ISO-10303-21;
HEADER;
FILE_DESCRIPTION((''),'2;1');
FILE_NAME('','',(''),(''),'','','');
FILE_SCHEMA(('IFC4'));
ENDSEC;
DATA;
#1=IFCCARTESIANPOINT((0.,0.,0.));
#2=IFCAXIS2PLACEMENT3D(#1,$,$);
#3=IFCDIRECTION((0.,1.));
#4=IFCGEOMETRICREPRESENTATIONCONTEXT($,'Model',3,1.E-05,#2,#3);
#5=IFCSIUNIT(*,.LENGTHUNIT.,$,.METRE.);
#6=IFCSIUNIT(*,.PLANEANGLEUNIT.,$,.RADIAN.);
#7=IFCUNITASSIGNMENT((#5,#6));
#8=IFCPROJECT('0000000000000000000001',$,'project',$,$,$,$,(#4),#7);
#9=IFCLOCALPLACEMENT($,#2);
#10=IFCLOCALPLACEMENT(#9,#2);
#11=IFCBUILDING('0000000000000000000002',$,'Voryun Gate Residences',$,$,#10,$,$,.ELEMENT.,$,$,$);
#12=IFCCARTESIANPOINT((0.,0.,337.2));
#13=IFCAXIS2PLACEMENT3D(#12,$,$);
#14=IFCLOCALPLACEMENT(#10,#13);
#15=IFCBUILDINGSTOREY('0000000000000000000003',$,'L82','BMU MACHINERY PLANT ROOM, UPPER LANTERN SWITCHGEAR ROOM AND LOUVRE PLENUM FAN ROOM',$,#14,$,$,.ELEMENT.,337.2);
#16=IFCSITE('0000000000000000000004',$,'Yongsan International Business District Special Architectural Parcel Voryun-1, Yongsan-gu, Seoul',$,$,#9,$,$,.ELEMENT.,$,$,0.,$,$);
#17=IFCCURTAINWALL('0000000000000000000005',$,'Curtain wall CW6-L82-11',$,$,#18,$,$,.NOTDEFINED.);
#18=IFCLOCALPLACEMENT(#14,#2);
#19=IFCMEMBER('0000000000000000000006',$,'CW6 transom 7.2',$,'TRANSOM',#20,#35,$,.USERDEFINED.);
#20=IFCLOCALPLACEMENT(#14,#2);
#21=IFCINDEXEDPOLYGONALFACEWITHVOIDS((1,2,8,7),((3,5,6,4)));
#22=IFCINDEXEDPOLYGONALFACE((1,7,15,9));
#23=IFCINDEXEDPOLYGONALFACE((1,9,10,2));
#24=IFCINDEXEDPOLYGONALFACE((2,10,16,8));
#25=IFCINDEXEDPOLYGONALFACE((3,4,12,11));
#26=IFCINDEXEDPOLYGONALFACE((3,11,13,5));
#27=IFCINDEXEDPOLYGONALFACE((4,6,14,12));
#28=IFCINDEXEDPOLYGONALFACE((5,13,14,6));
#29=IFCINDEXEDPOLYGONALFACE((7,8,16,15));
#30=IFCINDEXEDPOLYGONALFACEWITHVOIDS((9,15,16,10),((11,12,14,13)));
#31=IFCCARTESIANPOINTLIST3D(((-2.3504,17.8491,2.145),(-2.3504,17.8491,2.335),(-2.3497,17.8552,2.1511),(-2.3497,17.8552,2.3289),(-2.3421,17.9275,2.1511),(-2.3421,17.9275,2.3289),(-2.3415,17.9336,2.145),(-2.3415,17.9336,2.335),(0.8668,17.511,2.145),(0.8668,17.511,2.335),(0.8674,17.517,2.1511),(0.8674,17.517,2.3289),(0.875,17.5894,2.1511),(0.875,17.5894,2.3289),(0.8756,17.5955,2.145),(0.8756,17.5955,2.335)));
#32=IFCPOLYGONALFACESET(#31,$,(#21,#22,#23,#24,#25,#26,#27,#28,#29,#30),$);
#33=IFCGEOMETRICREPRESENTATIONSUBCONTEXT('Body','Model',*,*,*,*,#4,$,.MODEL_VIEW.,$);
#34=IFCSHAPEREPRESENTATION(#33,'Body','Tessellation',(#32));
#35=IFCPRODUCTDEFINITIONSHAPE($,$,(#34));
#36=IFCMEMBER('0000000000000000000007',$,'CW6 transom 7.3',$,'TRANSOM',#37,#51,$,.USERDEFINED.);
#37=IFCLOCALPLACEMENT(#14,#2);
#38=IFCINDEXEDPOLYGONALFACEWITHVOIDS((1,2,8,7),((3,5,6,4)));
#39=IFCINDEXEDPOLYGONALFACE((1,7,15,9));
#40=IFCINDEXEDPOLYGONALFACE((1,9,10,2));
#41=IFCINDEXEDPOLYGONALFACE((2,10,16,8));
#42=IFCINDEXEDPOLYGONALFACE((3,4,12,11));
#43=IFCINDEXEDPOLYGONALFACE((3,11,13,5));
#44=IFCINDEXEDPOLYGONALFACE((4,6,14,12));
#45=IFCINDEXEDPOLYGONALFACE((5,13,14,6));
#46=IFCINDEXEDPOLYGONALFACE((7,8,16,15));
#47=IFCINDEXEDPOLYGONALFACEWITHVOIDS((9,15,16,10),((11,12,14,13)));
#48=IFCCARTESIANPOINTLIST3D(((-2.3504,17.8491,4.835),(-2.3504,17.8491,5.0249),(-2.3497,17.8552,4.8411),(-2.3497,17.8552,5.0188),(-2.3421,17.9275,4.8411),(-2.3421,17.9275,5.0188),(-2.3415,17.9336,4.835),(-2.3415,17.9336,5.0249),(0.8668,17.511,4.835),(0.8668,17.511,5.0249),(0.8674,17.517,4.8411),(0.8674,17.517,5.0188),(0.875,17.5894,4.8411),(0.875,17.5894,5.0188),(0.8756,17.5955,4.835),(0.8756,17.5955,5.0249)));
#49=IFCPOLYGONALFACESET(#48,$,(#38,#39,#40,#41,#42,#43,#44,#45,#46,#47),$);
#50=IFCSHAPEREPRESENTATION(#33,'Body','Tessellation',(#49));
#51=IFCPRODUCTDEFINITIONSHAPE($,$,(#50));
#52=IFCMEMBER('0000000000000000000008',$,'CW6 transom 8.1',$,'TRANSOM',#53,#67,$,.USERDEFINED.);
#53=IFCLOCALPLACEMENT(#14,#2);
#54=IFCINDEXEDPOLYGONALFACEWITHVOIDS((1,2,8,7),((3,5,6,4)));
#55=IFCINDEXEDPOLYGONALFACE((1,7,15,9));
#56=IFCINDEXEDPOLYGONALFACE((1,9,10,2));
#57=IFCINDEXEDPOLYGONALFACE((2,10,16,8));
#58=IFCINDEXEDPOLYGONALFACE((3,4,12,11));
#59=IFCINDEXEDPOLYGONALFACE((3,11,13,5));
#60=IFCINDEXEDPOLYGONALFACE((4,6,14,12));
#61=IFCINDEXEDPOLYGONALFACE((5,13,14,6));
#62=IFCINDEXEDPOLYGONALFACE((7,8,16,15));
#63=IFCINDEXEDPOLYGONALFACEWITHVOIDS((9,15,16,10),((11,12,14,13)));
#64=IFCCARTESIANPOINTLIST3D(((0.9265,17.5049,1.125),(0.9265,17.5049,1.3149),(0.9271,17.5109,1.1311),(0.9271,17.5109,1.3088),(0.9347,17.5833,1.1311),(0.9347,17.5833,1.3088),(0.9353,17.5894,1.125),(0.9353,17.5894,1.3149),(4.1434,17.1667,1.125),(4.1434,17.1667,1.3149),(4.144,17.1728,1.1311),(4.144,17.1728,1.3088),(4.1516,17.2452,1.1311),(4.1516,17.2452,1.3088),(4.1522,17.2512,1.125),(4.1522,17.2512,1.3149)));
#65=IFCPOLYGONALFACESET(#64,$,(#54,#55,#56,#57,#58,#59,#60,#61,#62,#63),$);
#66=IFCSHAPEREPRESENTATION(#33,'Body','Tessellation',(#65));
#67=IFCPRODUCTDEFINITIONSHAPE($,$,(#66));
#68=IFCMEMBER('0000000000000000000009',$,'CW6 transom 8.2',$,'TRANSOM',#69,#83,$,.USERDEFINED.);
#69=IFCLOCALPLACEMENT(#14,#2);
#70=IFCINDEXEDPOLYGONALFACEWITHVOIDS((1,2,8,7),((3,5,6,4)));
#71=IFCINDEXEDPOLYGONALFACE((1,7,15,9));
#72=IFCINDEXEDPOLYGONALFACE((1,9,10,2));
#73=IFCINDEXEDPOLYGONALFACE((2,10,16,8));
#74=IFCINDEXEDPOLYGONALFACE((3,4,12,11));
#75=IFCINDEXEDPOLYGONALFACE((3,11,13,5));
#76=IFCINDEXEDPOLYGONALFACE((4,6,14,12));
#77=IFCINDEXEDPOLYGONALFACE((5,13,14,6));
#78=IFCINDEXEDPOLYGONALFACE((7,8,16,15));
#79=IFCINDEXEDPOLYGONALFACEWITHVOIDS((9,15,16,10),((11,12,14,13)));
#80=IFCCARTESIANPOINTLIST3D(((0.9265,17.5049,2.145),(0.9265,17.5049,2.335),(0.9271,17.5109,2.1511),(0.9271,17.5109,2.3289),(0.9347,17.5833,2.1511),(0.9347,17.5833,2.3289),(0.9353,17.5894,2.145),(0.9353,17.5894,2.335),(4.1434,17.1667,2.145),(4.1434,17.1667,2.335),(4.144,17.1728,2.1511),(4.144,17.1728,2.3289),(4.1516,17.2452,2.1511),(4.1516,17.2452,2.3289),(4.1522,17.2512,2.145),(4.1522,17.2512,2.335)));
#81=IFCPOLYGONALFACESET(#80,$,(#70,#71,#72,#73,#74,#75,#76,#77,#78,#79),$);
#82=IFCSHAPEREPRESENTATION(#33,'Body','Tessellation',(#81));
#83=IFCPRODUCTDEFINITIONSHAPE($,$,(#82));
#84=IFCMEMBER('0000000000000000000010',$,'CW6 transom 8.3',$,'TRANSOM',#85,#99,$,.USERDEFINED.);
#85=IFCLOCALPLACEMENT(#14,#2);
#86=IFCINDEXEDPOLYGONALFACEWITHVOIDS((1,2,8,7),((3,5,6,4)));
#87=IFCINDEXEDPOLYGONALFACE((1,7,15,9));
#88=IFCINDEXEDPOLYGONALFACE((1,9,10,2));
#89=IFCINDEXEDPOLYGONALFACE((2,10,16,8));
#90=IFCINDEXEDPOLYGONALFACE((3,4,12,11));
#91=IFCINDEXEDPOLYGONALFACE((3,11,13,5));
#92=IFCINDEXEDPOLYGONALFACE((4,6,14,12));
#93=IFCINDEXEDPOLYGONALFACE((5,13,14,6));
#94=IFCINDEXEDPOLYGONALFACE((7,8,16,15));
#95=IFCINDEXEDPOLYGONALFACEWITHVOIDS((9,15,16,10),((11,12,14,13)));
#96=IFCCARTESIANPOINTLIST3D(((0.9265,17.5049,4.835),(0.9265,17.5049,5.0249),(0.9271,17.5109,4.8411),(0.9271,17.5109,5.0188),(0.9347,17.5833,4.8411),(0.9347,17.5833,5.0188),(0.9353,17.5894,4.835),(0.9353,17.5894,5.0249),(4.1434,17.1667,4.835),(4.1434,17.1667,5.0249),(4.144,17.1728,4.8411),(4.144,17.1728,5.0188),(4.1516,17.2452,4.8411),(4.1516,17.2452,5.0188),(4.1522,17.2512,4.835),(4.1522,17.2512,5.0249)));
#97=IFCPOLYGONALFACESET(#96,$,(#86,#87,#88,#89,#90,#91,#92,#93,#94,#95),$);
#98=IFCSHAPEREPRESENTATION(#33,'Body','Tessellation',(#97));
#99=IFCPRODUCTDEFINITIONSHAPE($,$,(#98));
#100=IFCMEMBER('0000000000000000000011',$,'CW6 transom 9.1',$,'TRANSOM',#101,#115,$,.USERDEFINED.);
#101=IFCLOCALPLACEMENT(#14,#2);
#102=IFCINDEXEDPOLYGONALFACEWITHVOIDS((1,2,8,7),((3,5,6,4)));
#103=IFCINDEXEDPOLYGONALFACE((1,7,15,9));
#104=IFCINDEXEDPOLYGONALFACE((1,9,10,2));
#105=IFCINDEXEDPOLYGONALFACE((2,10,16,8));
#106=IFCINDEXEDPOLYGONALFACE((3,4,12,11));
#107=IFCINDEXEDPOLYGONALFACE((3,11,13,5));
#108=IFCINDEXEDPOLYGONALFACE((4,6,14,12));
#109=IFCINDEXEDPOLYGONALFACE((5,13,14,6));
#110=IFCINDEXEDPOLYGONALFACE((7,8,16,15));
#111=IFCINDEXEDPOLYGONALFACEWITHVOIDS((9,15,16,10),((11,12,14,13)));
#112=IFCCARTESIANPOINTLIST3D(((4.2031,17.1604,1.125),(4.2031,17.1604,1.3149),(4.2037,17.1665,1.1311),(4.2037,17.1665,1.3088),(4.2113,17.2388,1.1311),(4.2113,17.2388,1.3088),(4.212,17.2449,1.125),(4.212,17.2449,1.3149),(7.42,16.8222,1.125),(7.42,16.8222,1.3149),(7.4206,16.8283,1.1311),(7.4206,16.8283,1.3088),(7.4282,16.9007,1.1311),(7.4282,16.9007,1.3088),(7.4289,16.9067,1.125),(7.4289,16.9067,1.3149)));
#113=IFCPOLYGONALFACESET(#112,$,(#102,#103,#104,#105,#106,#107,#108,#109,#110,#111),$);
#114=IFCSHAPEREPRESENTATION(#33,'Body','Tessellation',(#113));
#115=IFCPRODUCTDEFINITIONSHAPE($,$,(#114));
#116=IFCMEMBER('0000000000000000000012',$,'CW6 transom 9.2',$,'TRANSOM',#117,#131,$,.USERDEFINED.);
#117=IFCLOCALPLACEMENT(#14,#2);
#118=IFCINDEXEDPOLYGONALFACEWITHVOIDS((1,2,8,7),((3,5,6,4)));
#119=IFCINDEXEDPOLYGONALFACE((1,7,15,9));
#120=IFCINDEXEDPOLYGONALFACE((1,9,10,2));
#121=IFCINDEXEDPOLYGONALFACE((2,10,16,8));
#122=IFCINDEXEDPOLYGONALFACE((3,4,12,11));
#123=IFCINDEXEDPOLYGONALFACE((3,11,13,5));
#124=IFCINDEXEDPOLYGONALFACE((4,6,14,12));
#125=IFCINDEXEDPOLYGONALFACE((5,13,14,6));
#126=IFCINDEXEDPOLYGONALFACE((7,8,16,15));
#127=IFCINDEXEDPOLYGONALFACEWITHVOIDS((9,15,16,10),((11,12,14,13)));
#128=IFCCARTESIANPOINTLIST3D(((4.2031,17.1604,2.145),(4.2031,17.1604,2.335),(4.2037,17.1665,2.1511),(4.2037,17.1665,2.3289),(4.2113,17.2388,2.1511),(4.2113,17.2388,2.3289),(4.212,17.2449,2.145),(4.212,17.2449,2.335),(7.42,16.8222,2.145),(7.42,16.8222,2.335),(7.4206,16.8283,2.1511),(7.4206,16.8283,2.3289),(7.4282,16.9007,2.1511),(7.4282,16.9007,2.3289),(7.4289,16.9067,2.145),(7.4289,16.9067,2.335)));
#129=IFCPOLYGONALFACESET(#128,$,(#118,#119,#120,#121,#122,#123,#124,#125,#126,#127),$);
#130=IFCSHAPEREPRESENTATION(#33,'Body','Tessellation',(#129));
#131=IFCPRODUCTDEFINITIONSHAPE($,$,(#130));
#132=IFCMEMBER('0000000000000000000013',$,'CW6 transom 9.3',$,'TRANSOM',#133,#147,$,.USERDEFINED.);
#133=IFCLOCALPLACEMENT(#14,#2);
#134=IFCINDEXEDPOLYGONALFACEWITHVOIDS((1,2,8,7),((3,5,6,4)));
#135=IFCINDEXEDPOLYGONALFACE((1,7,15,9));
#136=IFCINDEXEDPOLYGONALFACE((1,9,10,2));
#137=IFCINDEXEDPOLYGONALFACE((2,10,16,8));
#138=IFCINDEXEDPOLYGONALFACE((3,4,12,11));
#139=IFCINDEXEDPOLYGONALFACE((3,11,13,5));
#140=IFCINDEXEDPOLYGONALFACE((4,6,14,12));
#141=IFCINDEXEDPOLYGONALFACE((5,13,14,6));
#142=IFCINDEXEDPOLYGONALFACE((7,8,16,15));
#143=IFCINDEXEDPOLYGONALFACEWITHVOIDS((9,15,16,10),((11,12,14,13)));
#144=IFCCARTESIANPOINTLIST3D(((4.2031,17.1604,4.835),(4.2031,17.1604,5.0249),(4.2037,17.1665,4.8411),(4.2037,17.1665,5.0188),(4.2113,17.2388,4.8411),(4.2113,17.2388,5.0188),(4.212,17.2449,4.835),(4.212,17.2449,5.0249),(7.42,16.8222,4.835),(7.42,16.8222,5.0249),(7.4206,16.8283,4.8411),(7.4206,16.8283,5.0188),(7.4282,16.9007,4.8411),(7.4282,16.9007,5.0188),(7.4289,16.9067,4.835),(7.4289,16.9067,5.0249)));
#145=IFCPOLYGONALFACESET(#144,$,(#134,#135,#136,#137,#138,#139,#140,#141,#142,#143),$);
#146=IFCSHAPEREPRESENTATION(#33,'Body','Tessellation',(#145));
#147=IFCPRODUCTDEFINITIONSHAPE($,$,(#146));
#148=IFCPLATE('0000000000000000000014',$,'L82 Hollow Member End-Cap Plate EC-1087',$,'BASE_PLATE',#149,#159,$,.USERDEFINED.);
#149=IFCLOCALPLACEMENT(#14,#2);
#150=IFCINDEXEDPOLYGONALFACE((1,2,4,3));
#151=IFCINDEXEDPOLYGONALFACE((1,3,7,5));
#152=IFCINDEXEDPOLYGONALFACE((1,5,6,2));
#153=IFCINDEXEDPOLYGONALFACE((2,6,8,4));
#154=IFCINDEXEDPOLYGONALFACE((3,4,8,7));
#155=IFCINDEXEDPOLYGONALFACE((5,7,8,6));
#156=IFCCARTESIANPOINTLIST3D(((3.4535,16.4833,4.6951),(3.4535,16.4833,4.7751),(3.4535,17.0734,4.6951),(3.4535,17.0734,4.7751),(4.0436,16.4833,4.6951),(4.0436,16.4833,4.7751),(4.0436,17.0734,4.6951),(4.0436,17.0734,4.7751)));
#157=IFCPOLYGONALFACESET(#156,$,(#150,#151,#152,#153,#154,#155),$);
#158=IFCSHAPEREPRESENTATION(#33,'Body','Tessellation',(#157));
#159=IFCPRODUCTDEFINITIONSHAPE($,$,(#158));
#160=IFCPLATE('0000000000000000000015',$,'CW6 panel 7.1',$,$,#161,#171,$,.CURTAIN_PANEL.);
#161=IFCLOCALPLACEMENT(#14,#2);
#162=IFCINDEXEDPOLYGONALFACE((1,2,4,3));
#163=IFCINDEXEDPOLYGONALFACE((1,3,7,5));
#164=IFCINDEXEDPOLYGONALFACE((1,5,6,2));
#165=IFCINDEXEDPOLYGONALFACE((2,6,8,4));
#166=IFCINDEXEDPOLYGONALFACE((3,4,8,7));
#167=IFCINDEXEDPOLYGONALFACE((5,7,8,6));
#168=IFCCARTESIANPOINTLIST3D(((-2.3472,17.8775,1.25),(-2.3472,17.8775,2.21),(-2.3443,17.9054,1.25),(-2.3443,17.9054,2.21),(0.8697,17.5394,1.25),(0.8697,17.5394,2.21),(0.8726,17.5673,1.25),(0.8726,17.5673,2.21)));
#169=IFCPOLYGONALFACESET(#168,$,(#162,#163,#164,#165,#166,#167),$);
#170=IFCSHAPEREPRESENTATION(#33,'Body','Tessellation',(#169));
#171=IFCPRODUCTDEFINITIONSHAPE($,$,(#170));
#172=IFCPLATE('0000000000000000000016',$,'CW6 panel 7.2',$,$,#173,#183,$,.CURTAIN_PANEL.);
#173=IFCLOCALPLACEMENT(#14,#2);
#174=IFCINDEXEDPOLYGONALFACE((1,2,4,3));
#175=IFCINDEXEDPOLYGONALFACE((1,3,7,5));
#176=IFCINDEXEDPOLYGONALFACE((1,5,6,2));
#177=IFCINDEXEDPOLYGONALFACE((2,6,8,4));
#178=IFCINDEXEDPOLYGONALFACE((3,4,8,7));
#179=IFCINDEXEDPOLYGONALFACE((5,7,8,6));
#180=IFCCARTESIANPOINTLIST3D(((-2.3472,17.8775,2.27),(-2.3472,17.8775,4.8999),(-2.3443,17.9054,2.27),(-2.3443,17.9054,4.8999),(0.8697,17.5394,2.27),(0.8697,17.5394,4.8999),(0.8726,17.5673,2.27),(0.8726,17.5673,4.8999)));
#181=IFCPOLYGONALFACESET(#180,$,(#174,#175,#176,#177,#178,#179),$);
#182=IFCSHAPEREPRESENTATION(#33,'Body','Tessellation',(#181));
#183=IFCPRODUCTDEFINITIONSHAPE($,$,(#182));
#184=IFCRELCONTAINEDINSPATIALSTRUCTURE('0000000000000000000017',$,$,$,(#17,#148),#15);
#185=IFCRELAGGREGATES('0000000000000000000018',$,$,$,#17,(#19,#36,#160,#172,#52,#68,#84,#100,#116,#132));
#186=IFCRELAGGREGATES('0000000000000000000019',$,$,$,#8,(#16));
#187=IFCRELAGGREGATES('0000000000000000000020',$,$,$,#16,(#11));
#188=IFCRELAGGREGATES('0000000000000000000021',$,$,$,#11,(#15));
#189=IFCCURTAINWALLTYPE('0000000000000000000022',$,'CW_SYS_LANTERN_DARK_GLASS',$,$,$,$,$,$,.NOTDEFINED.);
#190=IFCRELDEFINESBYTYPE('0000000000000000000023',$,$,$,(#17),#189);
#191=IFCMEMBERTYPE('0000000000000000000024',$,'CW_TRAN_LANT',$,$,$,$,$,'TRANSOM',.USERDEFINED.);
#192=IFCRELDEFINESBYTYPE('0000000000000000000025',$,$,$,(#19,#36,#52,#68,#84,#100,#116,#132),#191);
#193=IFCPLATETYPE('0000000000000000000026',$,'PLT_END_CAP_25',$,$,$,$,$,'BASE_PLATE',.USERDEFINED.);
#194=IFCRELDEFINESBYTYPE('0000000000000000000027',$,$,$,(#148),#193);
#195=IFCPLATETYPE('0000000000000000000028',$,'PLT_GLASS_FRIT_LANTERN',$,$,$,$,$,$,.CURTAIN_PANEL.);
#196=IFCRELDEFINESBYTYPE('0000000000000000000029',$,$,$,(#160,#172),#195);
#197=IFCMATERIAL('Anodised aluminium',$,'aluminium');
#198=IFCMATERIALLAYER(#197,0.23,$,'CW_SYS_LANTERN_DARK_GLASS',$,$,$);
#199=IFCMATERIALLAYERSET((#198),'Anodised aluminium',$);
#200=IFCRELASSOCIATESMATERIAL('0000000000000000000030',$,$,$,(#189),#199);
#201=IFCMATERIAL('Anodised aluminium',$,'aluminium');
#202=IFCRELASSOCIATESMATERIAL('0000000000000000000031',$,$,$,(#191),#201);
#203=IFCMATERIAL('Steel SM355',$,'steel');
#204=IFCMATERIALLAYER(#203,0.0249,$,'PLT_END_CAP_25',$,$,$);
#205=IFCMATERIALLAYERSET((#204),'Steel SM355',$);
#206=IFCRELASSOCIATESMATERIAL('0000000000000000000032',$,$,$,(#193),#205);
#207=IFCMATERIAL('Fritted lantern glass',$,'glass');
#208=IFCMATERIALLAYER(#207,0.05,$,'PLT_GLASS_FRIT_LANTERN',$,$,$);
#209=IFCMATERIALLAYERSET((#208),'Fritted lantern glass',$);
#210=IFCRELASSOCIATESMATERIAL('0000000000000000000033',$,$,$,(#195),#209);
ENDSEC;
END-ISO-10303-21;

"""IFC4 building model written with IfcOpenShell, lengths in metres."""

from ifc_helpers import new_model, si_unit, direction, frame, origin, origin_2d, place, context, subcontext, project, spatial, rectangle, hollow_rectangle, extrude, material, layer, layer_set, material_profile, profile_set, type_object, element, aggregate, save


model = new_model("IFC4")

# Units and contexts
model_context = context("Model", 3, precision=1e-05, world=origin(), true_north=direction((0.0, 1.0)))
body_context = subcontext(model_context, "Body", "Model", "MODEL_VIEW")
ifc_project = project(units=[si_unit("LENGTHUNIT", "METRE"), si_unit("PLANEANGLEUNIT", "RADIAN")], contexts=[model_context])

# Site, building, storey
site_placement = place(None, origin())
site = spatial("IfcSite", under=ifc_project, at=site_placement, Name="Yongsan International Business District Special Architectural Parcel Voryun-1, Yongsan-gu, Seoul", CompositionType="ELEMENT", RefElevation=0.0)
building_placement = place(site_placement, origin())
building = spatial("IfcBuilding", under=site, at=building_placement, Name="Voryun Gate Residences", CompositionType="ELEMENT")
storey_placement = place(building_placement, frame((0.0, 0.0, 337.2)))
storey = spatial("IfcBuildingStorey", under=building, at=storey_placement, Name="L82", Description="BMU MACHINERY PLANT ROOM, UPPER LANTERN SWITCHGEAR ROOM AND LOUVRE PLENUM FAN ROOM", CompositionType="ELEMENT", Elevation=337.2)

# Curtain wall, members
ifc_material_1 = material(Name="Anodised aluminium", Category="aluminium")
ifc_layer_1 = layer(ifc_material_1, 0.23, Name="CW_SYS_LANTERN_DARK_GLASS")
ifc_layer_set_1 = layer_set([ifc_layer_1], Name="Anodised aluminium")
curtain_wall_type = type_object("IfcCurtainWallType", Name="CW_SYS_LANTERN_DARK_GLASS", PredefinedType="NOTDEFINED", material=ifc_layer_set_1)
curtain_wall_placement = place(storey_placement, origin())
curtain_wall = element("IfcCurtainWall", 1, at=curtain_wall_placement, inside=storey, type_object=curtain_wall_type, Name="Curtain wall CW6-L82-11", PredefinedType="NOTDEFINED")
ifc_material_2 = material(Name="Anodised aluminium", Category="aluminium")
ifc_material_profile_1 = material_profile(ifc_material_2, hollow_rectangle(XDim=0.085, YDim=0.1899, WallThickness=0.0061, at=origin_2d()), Name="ALU-TRAN-190x85x6")
ifc_profile_set_1 = profile_set([ifc_material_profile_1], Name="Anodised aluminium")
member_type_1 = type_object("IfcMemberType", Name="CW_TRAN_LANT", ElementType="TRANSOM", PredefinedType="USERDEFINED", material=ifc_profile_set_1)
member_1_placement = place(storey_placement, frame((-2.3459, 17.8914, 2.24), z_axis=(0.994522, -0.104532, 0.0), x_axis=(0.104532, 0.994522, 0.0)))
member_1 = element("IfcMember", 2, at=member_1_placement, type_object=member_type_1, Name="CW6 transom 7.2", ObjectType="TRANSOM", PredefinedType="USERDEFINED", context=body_context, shape_type="SweptSolid", body=[
    extrude(hollow_rectangle(XDim=0.085, YDim=0.1899, WallThickness=0.0061, at=origin_2d()), origin(), (0.0, 0.0, 1.0), 3.2349),
])
member_2_placement = place(storey_placement, frame((-2.3459, 17.8914, 4.9299), z_axis=(0.994522, -0.104532, 0.0), x_axis=(0.104532, 0.994522, 0.0)))
member_2 = element("IfcMember", 3, at=member_2_placement, type_object=member_type_1, Name="CW6 transom 7.3", ObjectType="TRANSOM", PredefinedType="USERDEFINED", context=body_context, shape_type="SweptSolid", body=[
    extrude(hollow_rectangle(XDim=0.085, YDim=0.1899, WallThickness=0.0061, at=origin_2d()), origin(), (0.0, 0.0, 1.0), 3.2349),
])
member_3_placement = place(storey_placement, frame((0.9309, 17.5471, 1.22), z_axis=(0.994521, -0.104539, 0.0), x_axis=(0.104539, 0.994521, 0.0)))
member_3 = element("IfcMember", 4, at=member_3_placement, type_object=member_type_1, Name="CW6 transom 8.1", ObjectType="TRANSOM", PredefinedType="USERDEFINED", context=body_context, shape_type="SweptSolid", body=[
    extrude(hollow_rectangle(XDim=0.085, YDim=0.1899, WallThickness=0.0061, at=origin_2d()), origin(), (0.0, 0.0, 1.0), 3.2346),
])
member_4_placement = place(storey_placement, frame((0.9309, 17.5471, 2.24), z_axis=(0.994521, -0.104539, 0.0), x_axis=(0.104539, 0.994521, 0.0)))
member_4 = element("IfcMember", 5, at=member_4_placement, type_object=member_type_1, Name="CW6 transom 8.2", ObjectType="TRANSOM", PredefinedType="USERDEFINED", context=body_context, shape_type="SweptSolid", body=[
    extrude(hollow_rectangle(XDim=0.085, YDim=0.1899, WallThickness=0.0061, at=origin_2d()), origin(), (0.0, 0.0, 1.0), 3.2346),
])
member_5_placement = place(storey_placement, frame((0.9309, 17.5471, 4.9299), z_axis=(0.994521, -0.104539, 0.0), x_axis=(0.104539, 0.994521, 0.0)))
member_5 = element("IfcMember", 6, at=member_5_placement, type_object=member_type_1, Name="CW6 transom 8.3", ObjectType="TRANSOM", PredefinedType="USERDEFINED", context=body_context, shape_type="SweptSolid", body=[
    extrude(hollow_rectangle(XDim=0.085, YDim=0.1899, WallThickness=0.0061, at=origin_2d()), origin(), (0.0, 0.0, 1.0), 3.2346),
])
member_6_placement = place(storey_placement, frame((4.2075, 17.2026, 1.22), z_axis=(0.994521, -0.104539, 0.0), x_axis=(0.104539, 0.994521, 0.0)))
member_6 = element("IfcMember", 7, at=member_6_placement, type_object=member_type_1, Name="CW6 transom 9.1", ObjectType="TRANSOM", PredefinedType="USERDEFINED", context=body_context, shape_type="SweptSolid", body=[
    extrude(hollow_rectangle(XDim=0.085, YDim=0.1899, WallThickness=0.0061, at=origin_2d()), origin(), (0.0, 0.0, 1.0), 3.2346),
])
member_7_placement = place(storey_placement, frame((4.2075, 17.2026, 2.24), z_axis=(0.994521, -0.104539, 0.0), x_axis=(0.104539, 0.994521, 0.0)))
member_7 = element("IfcMember", 8, at=member_7_placement, type_object=member_type_1, Name="CW6 transom 9.2", ObjectType="TRANSOM", PredefinedType="USERDEFINED", context=body_context, shape_type="SweptSolid", body=[
    extrude(hollow_rectangle(XDim=0.085, YDim=0.1899, WallThickness=0.0061, at=origin_2d()), origin(), (0.0, 0.0, 1.0), 3.2346),
])
member_8_placement = place(storey_placement, frame((4.2075, 17.2026, 4.9299), z_axis=(0.994521, -0.104539, 0.0), x_axis=(0.104539, 0.994521, 0.0)))
member_8 = element("IfcMember", 9, at=member_8_placement, type_object=member_type_1, Name="CW6 transom 9.3", ObjectType="TRANSOM", PredefinedType="USERDEFINED", context=body_context, shape_type="SweptSolid", body=[
    extrude(hollow_rectangle(XDim=0.085, YDim=0.1899, WallThickness=0.0061, at=origin_2d()), origin(), (0.0, 0.0, 1.0), 3.2346),
])

# Plates
ifc_material_3 = material(Name="Steel SM355", Category="steel")
ifc_layer_2 = layer(ifc_material_3, 0.0249, Name="PLT_END_CAP_25")
ifc_layer_set_2 = layer_set([ifc_layer_2], Name="Steel SM355")
plate_type_1 = type_object("IfcPlateType", Name="PLT_END_CAP_25", ElementType="BASE_PLATE", PredefinedType="USERDEFINED", material=ifc_layer_set_2)
plate_1_placement = place(storey_placement, frame((3.7485, 16.7783, 4.6951), z_axis=(0.0, 0.0, 1.0), x_axis=(1.0, 0.0, 0.0)))
element("IfcPlate", 10, at=plate_1_placement, inside=storey, type_object=plate_type_1, Name="L82 Hollow Member End-Cap Plate EC-1087", ObjectType="BASE_PLATE", PredefinedType="USERDEFINED", context=body_context, shape_type="SweptSolid", body=[
    extrude(rectangle(XDim=0.5901, YDim=0.5901, at=origin_2d()), origin(), (0.0, 0.0, 1.0), 0.0801),
])
ifc_material_4 = material(Name="Fritted lantern glass", Category="glass")
ifc_layer_3 = layer(ifc_material_4, 0.05, Name="PLT_GLASS_FRIT_LANTERN")
ifc_layer_set_3 = layer_set([ifc_layer_3], Name="Fritted lantern glass")
plate_type_2 = type_object("IfcPlateType", Name="PLT_GLASS_FRIT_LANTERN", PredefinedType="CURTAIN_PANEL", material=ifc_layer_set_3)
plate_2_placement = place(storey_placement, frame((-0.7373, 17.7224, 1.25), z_axis=(0.0, 0.0, 1.0), x_axis=(0.994522, -0.104528, 0.0)))
plate_2 = element("IfcPlate", 11, at=plate_2_placement, type_object=plate_type_2, Name="CW6 panel 7.1", PredefinedType="CURTAIN_PANEL", context=body_context, shape_type="SweptSolid", body=[
    extrude(rectangle(XDim=3.2346, YDim=0.0281, at=origin_2d()), origin(), (0.0, 0.0, 1.0), 0.96),
])
plate_3_placement = place(storey_placement, frame((-0.7373, 17.7224, 2.27), z_axis=(0.0, 0.0, 1.0), x_axis=(0.994522, -0.104528, 0.0)))
plate_3 = element("IfcPlate", 12, at=plate_3_placement, type_object=plate_type_2, Name="CW6 panel 7.2", PredefinedType="CURTAIN_PANEL", context=body_context, shape_type="SweptSolid", body=[
    extrude(rectangle(XDim=3.2346, YDim=0.0281, at=origin_2d()), origin(), (0.0, 0.0, 1.0), 2.6299),
])
aggregate(curtain_wall, [member_1, member_2, plate_2, plate_3, member_3, member_4, member_5, member_6, member_7, member_8])

save(model, "model.ifc")
